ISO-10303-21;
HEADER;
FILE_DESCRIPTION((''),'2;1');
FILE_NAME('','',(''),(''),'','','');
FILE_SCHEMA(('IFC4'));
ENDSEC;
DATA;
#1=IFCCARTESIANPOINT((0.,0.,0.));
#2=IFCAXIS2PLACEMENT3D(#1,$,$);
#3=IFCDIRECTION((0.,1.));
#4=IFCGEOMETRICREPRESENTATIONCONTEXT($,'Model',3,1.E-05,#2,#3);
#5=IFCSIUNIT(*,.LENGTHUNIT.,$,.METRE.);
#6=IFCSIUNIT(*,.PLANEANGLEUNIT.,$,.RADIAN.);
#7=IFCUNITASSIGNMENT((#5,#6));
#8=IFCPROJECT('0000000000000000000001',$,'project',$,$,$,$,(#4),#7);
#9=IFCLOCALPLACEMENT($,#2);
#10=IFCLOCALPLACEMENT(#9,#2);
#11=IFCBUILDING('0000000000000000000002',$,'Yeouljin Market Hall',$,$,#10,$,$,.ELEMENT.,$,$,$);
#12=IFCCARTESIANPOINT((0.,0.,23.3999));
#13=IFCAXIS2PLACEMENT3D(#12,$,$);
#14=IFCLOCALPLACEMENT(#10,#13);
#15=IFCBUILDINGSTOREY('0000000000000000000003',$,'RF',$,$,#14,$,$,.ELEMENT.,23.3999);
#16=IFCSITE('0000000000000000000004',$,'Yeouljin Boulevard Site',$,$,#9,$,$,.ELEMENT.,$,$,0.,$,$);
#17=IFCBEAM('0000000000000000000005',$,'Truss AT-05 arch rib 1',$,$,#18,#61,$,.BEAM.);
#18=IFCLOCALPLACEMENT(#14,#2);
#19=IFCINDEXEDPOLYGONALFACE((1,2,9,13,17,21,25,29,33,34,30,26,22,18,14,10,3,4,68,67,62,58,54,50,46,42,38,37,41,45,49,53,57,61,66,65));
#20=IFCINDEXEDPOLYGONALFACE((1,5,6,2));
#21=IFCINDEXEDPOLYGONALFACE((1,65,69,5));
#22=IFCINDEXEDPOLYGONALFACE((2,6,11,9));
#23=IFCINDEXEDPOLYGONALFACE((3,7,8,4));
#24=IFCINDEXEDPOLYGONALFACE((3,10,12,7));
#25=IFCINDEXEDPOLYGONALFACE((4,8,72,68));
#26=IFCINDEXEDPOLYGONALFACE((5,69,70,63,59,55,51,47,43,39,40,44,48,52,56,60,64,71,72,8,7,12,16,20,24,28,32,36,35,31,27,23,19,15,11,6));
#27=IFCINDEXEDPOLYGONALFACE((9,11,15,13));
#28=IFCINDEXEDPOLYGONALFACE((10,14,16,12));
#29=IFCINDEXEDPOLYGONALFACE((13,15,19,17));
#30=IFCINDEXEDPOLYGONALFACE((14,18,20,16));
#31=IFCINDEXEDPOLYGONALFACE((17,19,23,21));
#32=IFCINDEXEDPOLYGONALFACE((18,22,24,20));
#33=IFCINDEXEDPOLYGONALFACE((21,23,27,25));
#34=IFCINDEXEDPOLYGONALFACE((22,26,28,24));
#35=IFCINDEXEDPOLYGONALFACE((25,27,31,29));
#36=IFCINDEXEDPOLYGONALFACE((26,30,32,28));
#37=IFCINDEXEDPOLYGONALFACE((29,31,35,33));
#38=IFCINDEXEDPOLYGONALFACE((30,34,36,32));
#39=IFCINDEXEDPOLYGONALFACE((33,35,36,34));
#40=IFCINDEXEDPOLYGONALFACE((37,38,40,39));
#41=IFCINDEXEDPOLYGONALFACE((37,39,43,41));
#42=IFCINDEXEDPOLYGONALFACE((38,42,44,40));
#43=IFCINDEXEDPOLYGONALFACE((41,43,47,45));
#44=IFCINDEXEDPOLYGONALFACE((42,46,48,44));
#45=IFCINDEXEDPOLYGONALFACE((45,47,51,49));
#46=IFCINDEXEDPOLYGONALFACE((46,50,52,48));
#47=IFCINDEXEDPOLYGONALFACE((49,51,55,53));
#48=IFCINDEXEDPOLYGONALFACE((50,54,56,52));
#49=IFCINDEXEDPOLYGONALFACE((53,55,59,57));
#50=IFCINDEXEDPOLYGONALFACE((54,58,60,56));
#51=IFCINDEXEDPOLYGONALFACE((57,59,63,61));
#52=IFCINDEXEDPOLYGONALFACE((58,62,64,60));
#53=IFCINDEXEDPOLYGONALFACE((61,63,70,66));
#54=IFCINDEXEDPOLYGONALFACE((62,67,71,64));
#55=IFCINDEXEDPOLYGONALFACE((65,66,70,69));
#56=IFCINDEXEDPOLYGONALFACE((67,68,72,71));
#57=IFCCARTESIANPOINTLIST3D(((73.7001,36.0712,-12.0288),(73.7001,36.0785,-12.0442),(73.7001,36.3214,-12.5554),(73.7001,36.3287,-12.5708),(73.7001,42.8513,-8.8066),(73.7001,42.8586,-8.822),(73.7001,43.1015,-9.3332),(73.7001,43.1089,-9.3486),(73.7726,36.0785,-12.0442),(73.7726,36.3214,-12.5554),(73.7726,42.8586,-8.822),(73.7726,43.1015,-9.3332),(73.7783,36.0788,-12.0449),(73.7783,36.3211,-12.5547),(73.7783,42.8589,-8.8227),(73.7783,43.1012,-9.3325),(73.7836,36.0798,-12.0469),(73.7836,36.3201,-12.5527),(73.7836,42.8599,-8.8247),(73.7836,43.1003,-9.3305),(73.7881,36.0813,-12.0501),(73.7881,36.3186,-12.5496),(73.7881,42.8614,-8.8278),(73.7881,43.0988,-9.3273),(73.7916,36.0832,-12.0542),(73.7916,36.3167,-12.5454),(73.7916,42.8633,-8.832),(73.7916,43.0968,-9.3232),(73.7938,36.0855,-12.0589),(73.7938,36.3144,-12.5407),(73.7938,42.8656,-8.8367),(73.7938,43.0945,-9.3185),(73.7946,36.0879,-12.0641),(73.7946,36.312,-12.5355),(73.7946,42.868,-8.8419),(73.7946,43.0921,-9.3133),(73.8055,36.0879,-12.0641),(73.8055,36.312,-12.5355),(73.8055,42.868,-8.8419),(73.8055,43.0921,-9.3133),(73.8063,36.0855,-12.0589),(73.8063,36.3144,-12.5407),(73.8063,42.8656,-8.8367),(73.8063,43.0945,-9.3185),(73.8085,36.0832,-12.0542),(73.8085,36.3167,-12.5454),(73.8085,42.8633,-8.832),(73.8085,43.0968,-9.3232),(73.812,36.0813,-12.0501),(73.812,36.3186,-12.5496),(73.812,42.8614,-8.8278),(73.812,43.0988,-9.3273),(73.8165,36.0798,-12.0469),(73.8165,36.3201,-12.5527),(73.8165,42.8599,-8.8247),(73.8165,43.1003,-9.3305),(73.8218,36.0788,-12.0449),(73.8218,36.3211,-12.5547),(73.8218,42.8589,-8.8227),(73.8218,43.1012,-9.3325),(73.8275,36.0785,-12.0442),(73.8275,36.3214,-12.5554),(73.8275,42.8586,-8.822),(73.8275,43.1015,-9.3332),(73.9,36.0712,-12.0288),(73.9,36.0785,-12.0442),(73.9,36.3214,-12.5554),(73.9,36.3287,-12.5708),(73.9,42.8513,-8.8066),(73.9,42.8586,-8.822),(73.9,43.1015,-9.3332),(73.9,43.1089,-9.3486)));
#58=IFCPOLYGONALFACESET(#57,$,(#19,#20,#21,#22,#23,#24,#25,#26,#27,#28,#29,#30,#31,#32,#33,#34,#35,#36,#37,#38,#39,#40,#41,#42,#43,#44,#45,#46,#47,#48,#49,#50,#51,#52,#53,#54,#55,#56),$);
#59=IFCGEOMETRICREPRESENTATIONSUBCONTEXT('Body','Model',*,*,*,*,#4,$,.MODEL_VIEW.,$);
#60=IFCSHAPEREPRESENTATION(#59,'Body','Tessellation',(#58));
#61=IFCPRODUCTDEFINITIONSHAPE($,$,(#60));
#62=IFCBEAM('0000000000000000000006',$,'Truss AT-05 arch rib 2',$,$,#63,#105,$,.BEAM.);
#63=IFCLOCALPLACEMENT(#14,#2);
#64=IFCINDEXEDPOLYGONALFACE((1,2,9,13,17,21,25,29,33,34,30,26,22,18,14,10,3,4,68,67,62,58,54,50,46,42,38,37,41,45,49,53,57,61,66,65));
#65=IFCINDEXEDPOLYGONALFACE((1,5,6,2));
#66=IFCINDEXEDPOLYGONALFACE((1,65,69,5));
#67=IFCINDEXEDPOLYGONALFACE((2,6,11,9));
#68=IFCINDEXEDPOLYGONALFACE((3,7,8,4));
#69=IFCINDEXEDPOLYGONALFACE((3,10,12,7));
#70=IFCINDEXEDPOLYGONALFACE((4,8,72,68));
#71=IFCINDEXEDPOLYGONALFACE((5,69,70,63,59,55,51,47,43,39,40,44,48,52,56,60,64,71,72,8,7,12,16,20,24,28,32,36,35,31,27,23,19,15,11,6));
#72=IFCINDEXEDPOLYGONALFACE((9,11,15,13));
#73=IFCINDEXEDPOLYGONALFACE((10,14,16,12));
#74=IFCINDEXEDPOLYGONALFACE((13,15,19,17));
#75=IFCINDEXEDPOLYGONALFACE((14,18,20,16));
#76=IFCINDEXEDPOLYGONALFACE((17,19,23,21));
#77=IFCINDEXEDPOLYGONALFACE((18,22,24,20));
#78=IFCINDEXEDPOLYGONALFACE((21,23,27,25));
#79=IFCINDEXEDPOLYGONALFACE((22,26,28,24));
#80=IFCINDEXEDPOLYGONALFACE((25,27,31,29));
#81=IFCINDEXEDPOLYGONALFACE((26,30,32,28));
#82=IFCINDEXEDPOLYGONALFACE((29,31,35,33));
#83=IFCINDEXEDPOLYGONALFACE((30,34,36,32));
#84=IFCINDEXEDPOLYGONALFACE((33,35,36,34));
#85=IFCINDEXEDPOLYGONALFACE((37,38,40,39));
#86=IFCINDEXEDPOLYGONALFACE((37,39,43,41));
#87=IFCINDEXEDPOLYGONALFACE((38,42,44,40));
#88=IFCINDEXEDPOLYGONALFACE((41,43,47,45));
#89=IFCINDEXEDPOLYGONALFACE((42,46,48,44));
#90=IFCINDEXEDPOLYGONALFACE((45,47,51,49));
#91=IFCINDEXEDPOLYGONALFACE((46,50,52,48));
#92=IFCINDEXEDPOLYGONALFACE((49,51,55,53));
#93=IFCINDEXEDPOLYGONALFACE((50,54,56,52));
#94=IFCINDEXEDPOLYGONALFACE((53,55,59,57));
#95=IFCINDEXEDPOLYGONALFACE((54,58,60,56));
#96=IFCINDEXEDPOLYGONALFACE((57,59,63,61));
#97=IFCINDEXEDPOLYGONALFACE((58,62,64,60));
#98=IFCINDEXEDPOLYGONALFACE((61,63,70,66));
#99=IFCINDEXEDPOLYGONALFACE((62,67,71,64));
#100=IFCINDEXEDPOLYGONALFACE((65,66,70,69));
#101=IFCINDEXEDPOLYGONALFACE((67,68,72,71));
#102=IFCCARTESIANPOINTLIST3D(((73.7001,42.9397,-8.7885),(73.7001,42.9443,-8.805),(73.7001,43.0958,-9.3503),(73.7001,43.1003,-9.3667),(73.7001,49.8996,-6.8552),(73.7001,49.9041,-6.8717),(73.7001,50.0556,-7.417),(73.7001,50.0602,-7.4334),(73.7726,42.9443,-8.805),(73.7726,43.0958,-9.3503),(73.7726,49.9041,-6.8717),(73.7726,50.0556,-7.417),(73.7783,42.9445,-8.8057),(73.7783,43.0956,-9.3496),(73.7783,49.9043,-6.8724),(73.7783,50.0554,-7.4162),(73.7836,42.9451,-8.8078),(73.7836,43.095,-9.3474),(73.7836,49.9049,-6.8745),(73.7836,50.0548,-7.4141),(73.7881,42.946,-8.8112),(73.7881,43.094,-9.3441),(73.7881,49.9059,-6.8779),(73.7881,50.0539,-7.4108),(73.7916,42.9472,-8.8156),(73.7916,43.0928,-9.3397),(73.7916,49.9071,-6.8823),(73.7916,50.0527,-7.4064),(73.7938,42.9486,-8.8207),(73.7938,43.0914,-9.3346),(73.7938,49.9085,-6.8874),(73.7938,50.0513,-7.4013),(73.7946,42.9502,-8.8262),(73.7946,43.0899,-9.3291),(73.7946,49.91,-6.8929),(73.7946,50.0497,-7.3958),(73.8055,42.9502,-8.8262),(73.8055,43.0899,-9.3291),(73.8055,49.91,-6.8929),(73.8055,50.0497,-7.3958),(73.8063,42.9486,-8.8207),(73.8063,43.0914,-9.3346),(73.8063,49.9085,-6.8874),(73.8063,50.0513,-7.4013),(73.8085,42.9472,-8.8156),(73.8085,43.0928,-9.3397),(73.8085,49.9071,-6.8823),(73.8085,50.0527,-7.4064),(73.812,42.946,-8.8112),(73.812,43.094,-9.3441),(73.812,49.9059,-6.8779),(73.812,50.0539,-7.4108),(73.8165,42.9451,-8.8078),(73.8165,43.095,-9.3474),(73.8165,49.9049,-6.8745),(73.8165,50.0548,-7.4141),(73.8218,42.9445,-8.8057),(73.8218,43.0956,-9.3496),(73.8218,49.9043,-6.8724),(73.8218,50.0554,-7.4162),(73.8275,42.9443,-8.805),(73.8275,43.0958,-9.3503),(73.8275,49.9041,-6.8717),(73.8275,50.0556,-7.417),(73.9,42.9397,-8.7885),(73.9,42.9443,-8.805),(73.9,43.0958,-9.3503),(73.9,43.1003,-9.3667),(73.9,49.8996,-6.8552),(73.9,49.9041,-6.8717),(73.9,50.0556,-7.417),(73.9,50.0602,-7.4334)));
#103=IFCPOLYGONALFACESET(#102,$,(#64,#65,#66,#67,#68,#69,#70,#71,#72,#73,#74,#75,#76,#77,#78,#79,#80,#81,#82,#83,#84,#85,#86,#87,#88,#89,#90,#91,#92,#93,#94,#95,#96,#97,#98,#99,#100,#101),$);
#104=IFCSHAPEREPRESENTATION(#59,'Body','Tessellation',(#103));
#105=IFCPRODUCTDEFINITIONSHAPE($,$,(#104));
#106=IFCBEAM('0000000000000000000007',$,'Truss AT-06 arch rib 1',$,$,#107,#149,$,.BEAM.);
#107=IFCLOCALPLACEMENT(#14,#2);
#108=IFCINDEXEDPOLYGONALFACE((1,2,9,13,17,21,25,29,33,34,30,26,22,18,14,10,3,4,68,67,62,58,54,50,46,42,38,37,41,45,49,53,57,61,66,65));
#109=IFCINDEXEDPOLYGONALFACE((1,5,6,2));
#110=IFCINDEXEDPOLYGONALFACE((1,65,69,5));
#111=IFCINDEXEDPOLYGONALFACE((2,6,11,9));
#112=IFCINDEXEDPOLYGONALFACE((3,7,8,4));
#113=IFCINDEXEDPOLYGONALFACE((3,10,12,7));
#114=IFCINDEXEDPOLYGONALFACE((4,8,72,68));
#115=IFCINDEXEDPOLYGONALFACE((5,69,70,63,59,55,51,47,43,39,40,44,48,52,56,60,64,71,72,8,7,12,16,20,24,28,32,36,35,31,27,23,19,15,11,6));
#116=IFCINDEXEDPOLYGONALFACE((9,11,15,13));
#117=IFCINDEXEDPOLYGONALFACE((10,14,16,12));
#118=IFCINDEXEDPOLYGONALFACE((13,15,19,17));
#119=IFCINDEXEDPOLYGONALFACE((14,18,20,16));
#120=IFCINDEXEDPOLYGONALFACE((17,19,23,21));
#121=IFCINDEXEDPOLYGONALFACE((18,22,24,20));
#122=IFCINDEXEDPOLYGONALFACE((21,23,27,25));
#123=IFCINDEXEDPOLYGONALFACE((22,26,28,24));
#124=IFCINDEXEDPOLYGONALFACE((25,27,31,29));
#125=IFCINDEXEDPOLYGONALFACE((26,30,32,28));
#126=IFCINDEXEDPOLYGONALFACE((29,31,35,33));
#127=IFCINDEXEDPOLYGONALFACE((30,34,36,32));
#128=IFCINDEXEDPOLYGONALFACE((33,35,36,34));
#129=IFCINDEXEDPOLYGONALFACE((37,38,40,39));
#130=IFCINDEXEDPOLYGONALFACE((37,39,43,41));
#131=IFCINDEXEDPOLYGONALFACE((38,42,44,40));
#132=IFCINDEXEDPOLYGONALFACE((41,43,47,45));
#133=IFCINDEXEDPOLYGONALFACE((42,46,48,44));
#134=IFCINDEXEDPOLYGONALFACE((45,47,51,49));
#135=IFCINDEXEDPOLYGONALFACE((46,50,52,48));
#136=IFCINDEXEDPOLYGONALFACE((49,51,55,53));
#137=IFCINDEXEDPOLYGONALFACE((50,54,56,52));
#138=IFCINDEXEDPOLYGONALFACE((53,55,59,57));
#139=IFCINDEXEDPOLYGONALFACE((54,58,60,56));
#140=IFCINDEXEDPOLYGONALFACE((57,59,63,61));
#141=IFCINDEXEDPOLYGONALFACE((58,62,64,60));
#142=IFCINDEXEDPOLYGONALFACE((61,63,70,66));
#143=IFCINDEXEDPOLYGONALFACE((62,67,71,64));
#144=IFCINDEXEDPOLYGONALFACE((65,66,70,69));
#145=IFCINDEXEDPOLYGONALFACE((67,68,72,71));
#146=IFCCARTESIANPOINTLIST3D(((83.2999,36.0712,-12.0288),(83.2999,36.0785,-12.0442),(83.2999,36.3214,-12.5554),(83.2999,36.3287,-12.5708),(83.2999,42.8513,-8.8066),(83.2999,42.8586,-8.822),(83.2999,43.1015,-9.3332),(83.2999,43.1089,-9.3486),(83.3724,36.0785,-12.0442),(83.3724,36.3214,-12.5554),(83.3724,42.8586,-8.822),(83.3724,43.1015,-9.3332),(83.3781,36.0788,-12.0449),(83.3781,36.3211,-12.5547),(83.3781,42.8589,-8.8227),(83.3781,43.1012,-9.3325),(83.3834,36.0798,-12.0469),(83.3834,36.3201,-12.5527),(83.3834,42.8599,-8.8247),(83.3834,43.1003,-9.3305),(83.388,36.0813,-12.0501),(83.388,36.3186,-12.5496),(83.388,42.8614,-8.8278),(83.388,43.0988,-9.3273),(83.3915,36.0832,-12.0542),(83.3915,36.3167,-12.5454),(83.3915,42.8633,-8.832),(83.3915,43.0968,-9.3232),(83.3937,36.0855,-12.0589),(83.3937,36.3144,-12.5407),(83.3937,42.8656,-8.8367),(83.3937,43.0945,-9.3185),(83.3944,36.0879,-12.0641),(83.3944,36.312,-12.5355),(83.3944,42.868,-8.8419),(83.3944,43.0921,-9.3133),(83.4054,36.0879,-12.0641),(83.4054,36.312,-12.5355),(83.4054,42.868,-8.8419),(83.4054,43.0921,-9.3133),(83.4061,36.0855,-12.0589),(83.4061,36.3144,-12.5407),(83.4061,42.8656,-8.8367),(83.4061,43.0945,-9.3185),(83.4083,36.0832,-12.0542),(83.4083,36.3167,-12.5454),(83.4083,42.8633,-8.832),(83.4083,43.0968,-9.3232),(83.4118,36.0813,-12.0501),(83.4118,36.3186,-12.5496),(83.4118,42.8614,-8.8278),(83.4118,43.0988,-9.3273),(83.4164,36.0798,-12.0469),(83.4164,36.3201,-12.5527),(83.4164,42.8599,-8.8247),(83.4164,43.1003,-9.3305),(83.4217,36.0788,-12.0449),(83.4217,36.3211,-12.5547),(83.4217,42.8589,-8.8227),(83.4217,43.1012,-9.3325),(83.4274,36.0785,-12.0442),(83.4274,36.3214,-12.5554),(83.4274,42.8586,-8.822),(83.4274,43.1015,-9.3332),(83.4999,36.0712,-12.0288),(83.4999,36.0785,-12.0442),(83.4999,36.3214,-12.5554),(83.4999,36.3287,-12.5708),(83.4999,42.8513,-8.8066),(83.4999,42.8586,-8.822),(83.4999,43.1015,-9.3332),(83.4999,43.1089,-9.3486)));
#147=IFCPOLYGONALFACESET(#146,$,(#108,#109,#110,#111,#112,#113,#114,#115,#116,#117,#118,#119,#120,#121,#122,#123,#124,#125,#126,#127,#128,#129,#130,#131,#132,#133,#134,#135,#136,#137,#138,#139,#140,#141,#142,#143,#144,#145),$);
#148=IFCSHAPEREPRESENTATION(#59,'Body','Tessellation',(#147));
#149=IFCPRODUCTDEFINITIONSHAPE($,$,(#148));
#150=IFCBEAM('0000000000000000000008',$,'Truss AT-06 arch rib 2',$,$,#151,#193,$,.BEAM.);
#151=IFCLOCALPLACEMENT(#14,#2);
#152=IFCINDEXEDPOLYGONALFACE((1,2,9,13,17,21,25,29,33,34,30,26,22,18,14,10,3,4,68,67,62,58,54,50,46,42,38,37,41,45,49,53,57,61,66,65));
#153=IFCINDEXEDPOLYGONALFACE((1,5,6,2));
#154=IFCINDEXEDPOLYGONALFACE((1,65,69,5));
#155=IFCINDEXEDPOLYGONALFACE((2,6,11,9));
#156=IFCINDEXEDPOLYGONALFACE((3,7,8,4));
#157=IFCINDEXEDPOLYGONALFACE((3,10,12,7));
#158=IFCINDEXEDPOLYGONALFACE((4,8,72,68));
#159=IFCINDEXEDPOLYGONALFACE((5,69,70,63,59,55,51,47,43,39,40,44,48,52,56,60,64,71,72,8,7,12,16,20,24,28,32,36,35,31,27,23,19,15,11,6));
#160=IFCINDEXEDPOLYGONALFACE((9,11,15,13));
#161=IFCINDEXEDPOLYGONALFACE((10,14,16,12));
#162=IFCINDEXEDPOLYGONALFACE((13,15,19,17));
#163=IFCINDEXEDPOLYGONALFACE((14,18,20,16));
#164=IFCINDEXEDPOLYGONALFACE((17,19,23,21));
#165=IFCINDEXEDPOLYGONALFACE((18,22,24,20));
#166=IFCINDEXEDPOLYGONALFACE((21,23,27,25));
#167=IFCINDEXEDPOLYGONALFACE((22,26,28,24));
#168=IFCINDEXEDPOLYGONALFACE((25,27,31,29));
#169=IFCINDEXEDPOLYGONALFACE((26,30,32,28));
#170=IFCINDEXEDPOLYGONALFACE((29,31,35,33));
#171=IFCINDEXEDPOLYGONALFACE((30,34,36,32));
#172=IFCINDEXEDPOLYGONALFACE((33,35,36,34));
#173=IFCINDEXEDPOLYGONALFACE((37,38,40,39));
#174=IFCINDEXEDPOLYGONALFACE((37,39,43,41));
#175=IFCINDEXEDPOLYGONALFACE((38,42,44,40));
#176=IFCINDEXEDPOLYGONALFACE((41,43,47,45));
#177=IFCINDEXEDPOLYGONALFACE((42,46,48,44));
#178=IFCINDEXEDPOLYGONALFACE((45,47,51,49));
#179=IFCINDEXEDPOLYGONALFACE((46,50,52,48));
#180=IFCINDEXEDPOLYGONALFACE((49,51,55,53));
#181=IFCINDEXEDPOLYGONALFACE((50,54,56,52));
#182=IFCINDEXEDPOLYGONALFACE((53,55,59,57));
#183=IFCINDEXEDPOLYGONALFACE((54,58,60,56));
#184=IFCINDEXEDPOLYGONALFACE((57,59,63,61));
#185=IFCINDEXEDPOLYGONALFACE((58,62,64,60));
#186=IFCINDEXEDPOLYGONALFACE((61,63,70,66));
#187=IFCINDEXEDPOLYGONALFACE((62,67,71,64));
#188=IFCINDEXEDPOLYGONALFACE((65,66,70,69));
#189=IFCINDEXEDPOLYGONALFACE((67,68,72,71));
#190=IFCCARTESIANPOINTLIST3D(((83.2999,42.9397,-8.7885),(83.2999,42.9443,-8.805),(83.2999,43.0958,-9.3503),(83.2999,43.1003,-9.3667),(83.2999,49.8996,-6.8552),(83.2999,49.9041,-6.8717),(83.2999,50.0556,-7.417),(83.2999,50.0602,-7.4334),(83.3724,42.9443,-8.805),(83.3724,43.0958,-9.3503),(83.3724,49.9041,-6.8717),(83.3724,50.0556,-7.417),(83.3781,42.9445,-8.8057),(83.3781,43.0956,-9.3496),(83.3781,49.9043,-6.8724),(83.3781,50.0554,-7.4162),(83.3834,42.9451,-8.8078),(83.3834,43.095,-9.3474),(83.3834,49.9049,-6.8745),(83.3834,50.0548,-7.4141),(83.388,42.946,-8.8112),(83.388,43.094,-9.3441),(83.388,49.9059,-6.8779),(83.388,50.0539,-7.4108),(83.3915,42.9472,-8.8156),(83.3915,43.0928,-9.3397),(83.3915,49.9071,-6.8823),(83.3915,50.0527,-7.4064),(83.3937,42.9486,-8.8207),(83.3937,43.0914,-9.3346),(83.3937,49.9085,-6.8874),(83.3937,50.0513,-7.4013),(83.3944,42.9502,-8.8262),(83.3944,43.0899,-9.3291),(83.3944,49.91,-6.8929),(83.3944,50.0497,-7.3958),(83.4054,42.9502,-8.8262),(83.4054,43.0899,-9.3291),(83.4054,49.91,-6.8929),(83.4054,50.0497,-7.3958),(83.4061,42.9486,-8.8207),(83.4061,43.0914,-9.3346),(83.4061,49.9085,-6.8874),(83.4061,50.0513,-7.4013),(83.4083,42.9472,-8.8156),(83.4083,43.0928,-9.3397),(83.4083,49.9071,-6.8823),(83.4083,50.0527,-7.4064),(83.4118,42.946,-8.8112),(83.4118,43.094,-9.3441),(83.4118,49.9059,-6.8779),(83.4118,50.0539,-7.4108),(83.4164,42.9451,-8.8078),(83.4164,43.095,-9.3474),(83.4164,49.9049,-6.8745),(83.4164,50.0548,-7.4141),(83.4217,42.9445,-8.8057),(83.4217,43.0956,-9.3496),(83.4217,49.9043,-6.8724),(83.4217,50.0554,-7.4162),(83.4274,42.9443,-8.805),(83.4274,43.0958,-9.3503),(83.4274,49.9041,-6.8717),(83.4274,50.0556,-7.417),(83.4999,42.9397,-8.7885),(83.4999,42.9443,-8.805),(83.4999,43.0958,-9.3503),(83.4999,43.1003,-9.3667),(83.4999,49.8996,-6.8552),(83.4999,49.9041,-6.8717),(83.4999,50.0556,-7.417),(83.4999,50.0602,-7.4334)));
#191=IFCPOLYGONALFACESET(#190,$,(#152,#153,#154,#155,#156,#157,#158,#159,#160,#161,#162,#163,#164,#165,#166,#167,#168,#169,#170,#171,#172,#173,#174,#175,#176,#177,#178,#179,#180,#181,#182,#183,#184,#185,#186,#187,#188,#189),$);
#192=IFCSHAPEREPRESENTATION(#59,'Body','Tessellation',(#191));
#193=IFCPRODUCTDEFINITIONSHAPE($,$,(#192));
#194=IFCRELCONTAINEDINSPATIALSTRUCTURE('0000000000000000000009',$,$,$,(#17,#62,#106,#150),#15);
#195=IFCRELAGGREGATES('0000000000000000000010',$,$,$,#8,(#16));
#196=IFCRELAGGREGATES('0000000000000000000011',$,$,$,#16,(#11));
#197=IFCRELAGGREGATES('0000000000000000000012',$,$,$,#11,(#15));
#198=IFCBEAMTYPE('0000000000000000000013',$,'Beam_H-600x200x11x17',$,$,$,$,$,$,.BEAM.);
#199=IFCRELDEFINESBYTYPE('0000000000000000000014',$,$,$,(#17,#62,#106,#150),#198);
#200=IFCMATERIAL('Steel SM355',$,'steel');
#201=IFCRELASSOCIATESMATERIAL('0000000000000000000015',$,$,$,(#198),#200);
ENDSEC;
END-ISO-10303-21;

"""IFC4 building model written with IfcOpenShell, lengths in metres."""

from ifc_helpers import new_model, si_unit, direction, frame, origin, origin_2d, place, context, subcontext, project, spatial, i_section, extrude, material, material_profile, profile_set, type_object, element, save


model = new_model("IFC4")

# Units and contexts
model_context = context("Model", 3, precision=1e-05, world=origin(), true_north=direction((0.0, 1.0)))
body_context = subcontext(model_context, "Body", "Model", "MODEL_VIEW")
ifc_project = project(units=[si_unit("LENGTHUNIT", "METRE"), si_unit("PLANEANGLEUNIT", "RADIAN")], contexts=[model_context])

# Site, building, storey
site_placement = place(None, origin())
site = spatial("IfcSite", under=ifc_project, at=site_placement, Name="Yeouljin Boulevard Site", CompositionType="ELEMENT", RefElevation=0.0)
building_placement = place(site_placement, origin())
building = spatial("IfcBuilding", under=site, at=building_placement, Name="Yeouljin Market Hall", CompositionType="ELEMENT")
storey_placement = place(building_placement, frame((0.0, 0.0, 23.3999)))
storey = spatial("IfcBuildingStorey", under=building, at=storey_placement, Name="RF", CompositionType="ELEMENT", Elevation=23.3999)

# Beams
ifc_material_1 = material(Name="Steel SM355", Category="steel")
ifc_material_profile_1 = material_profile(ifc_material_1, i_section(OverallWidth=0.2, OverallDepth=0.6001, WebThickness=0.011, FlangeThickness=0.0171, FilletRadius=0.022, at=origin_2d()), Name="H-600x200x11x17")
ifc_profile_set_1 = profile_set([ifc_material_profile_1], Name="Steel SM355")
beam_type_1 = type_object("IfcBeamType", Name="Beam_H-600x200x11x17", PredefinedType="BEAM", material=ifc_profile_set_1)
beam_1_placement = place(storey_placement, frame((73.8, 36.2, -12.2998), z_axis=(0.0, 0.903192, 0.429237), x_axis=(-1.0, 0.0, 0.0)))
element("IfcBeam", 1, at=beam_1_placement, inside=storey, type_object=beam_type_1, Name="Truss AT-05 arch rib 1", PredefinedType="BEAM", context=body_context, shape_type="SweptSolid", body=[
    extrude(i_section(OverallWidth=0.2, OverallDepth=0.6001, WebThickness=0.011, FlangeThickness=0.0171, FilletRadius=0.022, at=origin_2d()), origin(), (0.0, 0.0, 1.0), 7.5068),
])
beam_2_placement = place(storey_placement, frame((73.8, 43.02, -9.0776), z_axis=(0.0, 0.963517, 0.267647), x_axis=(-1.0, 0.0, 0.0)))
element("IfcBeam", 2, at=beam_2_placement, inside=storey, type_object=beam_type_1, Name="Truss AT-05 arch rib 2", PredefinedType="BEAM", context=body_context, shape_type="SweptSolid", body=[
    extrude(i_section(OverallWidth=0.2, OverallDepth=0.6001, WebThickness=0.011, FlangeThickness=0.0171, FilletRadius=0.022, at=origin_2d()), origin(), (0.0, 0.0, 1.0), 7.2234),
])
beam_3_placement = place(storey_placement, frame((83.3999, 36.2, -12.2998), z_axis=(0.0, 0.903192, 0.429237), x_axis=(-1.0, 0.0, 0.0)))
element("IfcBeam", 3, at=beam_3_placement, inside=storey, type_object=beam_type_1, Name="Truss AT-06 arch rib 1", PredefinedType="BEAM", context=body_context, shape_type="SweptSolid", body=[
    extrude(i_section(OverallWidth=0.2, OverallDepth=0.6001, WebThickness=0.011, FlangeThickness=0.0171, FilletRadius=0.022, at=origin_2d()), origin(), (0.0, 0.0, 1.0), 7.5068),
])
beam_4_placement = place(storey_placement, frame((83.3999, 43.02, -9.0776), z_axis=(0.0, 0.963517, 0.267647), x_axis=(-1.0, 0.0, 0.0)))
element("IfcBeam", 4, at=beam_4_placement, inside=storey, type_object=beam_type_1, Name="Truss AT-06 arch rib 2", PredefinedType="BEAM", context=body_context, shape_type="SweptSolid", body=[
    extrude(i_section(OverallWidth=0.2, OverallDepth=0.6001, WebThickness=0.011, FlangeThickness=0.0171, FilletRadius=0.022, at=origin_2d()), origin(), (0.0, 0.0, 1.0), 7.2234),
])

save(model, "model.ifc")
